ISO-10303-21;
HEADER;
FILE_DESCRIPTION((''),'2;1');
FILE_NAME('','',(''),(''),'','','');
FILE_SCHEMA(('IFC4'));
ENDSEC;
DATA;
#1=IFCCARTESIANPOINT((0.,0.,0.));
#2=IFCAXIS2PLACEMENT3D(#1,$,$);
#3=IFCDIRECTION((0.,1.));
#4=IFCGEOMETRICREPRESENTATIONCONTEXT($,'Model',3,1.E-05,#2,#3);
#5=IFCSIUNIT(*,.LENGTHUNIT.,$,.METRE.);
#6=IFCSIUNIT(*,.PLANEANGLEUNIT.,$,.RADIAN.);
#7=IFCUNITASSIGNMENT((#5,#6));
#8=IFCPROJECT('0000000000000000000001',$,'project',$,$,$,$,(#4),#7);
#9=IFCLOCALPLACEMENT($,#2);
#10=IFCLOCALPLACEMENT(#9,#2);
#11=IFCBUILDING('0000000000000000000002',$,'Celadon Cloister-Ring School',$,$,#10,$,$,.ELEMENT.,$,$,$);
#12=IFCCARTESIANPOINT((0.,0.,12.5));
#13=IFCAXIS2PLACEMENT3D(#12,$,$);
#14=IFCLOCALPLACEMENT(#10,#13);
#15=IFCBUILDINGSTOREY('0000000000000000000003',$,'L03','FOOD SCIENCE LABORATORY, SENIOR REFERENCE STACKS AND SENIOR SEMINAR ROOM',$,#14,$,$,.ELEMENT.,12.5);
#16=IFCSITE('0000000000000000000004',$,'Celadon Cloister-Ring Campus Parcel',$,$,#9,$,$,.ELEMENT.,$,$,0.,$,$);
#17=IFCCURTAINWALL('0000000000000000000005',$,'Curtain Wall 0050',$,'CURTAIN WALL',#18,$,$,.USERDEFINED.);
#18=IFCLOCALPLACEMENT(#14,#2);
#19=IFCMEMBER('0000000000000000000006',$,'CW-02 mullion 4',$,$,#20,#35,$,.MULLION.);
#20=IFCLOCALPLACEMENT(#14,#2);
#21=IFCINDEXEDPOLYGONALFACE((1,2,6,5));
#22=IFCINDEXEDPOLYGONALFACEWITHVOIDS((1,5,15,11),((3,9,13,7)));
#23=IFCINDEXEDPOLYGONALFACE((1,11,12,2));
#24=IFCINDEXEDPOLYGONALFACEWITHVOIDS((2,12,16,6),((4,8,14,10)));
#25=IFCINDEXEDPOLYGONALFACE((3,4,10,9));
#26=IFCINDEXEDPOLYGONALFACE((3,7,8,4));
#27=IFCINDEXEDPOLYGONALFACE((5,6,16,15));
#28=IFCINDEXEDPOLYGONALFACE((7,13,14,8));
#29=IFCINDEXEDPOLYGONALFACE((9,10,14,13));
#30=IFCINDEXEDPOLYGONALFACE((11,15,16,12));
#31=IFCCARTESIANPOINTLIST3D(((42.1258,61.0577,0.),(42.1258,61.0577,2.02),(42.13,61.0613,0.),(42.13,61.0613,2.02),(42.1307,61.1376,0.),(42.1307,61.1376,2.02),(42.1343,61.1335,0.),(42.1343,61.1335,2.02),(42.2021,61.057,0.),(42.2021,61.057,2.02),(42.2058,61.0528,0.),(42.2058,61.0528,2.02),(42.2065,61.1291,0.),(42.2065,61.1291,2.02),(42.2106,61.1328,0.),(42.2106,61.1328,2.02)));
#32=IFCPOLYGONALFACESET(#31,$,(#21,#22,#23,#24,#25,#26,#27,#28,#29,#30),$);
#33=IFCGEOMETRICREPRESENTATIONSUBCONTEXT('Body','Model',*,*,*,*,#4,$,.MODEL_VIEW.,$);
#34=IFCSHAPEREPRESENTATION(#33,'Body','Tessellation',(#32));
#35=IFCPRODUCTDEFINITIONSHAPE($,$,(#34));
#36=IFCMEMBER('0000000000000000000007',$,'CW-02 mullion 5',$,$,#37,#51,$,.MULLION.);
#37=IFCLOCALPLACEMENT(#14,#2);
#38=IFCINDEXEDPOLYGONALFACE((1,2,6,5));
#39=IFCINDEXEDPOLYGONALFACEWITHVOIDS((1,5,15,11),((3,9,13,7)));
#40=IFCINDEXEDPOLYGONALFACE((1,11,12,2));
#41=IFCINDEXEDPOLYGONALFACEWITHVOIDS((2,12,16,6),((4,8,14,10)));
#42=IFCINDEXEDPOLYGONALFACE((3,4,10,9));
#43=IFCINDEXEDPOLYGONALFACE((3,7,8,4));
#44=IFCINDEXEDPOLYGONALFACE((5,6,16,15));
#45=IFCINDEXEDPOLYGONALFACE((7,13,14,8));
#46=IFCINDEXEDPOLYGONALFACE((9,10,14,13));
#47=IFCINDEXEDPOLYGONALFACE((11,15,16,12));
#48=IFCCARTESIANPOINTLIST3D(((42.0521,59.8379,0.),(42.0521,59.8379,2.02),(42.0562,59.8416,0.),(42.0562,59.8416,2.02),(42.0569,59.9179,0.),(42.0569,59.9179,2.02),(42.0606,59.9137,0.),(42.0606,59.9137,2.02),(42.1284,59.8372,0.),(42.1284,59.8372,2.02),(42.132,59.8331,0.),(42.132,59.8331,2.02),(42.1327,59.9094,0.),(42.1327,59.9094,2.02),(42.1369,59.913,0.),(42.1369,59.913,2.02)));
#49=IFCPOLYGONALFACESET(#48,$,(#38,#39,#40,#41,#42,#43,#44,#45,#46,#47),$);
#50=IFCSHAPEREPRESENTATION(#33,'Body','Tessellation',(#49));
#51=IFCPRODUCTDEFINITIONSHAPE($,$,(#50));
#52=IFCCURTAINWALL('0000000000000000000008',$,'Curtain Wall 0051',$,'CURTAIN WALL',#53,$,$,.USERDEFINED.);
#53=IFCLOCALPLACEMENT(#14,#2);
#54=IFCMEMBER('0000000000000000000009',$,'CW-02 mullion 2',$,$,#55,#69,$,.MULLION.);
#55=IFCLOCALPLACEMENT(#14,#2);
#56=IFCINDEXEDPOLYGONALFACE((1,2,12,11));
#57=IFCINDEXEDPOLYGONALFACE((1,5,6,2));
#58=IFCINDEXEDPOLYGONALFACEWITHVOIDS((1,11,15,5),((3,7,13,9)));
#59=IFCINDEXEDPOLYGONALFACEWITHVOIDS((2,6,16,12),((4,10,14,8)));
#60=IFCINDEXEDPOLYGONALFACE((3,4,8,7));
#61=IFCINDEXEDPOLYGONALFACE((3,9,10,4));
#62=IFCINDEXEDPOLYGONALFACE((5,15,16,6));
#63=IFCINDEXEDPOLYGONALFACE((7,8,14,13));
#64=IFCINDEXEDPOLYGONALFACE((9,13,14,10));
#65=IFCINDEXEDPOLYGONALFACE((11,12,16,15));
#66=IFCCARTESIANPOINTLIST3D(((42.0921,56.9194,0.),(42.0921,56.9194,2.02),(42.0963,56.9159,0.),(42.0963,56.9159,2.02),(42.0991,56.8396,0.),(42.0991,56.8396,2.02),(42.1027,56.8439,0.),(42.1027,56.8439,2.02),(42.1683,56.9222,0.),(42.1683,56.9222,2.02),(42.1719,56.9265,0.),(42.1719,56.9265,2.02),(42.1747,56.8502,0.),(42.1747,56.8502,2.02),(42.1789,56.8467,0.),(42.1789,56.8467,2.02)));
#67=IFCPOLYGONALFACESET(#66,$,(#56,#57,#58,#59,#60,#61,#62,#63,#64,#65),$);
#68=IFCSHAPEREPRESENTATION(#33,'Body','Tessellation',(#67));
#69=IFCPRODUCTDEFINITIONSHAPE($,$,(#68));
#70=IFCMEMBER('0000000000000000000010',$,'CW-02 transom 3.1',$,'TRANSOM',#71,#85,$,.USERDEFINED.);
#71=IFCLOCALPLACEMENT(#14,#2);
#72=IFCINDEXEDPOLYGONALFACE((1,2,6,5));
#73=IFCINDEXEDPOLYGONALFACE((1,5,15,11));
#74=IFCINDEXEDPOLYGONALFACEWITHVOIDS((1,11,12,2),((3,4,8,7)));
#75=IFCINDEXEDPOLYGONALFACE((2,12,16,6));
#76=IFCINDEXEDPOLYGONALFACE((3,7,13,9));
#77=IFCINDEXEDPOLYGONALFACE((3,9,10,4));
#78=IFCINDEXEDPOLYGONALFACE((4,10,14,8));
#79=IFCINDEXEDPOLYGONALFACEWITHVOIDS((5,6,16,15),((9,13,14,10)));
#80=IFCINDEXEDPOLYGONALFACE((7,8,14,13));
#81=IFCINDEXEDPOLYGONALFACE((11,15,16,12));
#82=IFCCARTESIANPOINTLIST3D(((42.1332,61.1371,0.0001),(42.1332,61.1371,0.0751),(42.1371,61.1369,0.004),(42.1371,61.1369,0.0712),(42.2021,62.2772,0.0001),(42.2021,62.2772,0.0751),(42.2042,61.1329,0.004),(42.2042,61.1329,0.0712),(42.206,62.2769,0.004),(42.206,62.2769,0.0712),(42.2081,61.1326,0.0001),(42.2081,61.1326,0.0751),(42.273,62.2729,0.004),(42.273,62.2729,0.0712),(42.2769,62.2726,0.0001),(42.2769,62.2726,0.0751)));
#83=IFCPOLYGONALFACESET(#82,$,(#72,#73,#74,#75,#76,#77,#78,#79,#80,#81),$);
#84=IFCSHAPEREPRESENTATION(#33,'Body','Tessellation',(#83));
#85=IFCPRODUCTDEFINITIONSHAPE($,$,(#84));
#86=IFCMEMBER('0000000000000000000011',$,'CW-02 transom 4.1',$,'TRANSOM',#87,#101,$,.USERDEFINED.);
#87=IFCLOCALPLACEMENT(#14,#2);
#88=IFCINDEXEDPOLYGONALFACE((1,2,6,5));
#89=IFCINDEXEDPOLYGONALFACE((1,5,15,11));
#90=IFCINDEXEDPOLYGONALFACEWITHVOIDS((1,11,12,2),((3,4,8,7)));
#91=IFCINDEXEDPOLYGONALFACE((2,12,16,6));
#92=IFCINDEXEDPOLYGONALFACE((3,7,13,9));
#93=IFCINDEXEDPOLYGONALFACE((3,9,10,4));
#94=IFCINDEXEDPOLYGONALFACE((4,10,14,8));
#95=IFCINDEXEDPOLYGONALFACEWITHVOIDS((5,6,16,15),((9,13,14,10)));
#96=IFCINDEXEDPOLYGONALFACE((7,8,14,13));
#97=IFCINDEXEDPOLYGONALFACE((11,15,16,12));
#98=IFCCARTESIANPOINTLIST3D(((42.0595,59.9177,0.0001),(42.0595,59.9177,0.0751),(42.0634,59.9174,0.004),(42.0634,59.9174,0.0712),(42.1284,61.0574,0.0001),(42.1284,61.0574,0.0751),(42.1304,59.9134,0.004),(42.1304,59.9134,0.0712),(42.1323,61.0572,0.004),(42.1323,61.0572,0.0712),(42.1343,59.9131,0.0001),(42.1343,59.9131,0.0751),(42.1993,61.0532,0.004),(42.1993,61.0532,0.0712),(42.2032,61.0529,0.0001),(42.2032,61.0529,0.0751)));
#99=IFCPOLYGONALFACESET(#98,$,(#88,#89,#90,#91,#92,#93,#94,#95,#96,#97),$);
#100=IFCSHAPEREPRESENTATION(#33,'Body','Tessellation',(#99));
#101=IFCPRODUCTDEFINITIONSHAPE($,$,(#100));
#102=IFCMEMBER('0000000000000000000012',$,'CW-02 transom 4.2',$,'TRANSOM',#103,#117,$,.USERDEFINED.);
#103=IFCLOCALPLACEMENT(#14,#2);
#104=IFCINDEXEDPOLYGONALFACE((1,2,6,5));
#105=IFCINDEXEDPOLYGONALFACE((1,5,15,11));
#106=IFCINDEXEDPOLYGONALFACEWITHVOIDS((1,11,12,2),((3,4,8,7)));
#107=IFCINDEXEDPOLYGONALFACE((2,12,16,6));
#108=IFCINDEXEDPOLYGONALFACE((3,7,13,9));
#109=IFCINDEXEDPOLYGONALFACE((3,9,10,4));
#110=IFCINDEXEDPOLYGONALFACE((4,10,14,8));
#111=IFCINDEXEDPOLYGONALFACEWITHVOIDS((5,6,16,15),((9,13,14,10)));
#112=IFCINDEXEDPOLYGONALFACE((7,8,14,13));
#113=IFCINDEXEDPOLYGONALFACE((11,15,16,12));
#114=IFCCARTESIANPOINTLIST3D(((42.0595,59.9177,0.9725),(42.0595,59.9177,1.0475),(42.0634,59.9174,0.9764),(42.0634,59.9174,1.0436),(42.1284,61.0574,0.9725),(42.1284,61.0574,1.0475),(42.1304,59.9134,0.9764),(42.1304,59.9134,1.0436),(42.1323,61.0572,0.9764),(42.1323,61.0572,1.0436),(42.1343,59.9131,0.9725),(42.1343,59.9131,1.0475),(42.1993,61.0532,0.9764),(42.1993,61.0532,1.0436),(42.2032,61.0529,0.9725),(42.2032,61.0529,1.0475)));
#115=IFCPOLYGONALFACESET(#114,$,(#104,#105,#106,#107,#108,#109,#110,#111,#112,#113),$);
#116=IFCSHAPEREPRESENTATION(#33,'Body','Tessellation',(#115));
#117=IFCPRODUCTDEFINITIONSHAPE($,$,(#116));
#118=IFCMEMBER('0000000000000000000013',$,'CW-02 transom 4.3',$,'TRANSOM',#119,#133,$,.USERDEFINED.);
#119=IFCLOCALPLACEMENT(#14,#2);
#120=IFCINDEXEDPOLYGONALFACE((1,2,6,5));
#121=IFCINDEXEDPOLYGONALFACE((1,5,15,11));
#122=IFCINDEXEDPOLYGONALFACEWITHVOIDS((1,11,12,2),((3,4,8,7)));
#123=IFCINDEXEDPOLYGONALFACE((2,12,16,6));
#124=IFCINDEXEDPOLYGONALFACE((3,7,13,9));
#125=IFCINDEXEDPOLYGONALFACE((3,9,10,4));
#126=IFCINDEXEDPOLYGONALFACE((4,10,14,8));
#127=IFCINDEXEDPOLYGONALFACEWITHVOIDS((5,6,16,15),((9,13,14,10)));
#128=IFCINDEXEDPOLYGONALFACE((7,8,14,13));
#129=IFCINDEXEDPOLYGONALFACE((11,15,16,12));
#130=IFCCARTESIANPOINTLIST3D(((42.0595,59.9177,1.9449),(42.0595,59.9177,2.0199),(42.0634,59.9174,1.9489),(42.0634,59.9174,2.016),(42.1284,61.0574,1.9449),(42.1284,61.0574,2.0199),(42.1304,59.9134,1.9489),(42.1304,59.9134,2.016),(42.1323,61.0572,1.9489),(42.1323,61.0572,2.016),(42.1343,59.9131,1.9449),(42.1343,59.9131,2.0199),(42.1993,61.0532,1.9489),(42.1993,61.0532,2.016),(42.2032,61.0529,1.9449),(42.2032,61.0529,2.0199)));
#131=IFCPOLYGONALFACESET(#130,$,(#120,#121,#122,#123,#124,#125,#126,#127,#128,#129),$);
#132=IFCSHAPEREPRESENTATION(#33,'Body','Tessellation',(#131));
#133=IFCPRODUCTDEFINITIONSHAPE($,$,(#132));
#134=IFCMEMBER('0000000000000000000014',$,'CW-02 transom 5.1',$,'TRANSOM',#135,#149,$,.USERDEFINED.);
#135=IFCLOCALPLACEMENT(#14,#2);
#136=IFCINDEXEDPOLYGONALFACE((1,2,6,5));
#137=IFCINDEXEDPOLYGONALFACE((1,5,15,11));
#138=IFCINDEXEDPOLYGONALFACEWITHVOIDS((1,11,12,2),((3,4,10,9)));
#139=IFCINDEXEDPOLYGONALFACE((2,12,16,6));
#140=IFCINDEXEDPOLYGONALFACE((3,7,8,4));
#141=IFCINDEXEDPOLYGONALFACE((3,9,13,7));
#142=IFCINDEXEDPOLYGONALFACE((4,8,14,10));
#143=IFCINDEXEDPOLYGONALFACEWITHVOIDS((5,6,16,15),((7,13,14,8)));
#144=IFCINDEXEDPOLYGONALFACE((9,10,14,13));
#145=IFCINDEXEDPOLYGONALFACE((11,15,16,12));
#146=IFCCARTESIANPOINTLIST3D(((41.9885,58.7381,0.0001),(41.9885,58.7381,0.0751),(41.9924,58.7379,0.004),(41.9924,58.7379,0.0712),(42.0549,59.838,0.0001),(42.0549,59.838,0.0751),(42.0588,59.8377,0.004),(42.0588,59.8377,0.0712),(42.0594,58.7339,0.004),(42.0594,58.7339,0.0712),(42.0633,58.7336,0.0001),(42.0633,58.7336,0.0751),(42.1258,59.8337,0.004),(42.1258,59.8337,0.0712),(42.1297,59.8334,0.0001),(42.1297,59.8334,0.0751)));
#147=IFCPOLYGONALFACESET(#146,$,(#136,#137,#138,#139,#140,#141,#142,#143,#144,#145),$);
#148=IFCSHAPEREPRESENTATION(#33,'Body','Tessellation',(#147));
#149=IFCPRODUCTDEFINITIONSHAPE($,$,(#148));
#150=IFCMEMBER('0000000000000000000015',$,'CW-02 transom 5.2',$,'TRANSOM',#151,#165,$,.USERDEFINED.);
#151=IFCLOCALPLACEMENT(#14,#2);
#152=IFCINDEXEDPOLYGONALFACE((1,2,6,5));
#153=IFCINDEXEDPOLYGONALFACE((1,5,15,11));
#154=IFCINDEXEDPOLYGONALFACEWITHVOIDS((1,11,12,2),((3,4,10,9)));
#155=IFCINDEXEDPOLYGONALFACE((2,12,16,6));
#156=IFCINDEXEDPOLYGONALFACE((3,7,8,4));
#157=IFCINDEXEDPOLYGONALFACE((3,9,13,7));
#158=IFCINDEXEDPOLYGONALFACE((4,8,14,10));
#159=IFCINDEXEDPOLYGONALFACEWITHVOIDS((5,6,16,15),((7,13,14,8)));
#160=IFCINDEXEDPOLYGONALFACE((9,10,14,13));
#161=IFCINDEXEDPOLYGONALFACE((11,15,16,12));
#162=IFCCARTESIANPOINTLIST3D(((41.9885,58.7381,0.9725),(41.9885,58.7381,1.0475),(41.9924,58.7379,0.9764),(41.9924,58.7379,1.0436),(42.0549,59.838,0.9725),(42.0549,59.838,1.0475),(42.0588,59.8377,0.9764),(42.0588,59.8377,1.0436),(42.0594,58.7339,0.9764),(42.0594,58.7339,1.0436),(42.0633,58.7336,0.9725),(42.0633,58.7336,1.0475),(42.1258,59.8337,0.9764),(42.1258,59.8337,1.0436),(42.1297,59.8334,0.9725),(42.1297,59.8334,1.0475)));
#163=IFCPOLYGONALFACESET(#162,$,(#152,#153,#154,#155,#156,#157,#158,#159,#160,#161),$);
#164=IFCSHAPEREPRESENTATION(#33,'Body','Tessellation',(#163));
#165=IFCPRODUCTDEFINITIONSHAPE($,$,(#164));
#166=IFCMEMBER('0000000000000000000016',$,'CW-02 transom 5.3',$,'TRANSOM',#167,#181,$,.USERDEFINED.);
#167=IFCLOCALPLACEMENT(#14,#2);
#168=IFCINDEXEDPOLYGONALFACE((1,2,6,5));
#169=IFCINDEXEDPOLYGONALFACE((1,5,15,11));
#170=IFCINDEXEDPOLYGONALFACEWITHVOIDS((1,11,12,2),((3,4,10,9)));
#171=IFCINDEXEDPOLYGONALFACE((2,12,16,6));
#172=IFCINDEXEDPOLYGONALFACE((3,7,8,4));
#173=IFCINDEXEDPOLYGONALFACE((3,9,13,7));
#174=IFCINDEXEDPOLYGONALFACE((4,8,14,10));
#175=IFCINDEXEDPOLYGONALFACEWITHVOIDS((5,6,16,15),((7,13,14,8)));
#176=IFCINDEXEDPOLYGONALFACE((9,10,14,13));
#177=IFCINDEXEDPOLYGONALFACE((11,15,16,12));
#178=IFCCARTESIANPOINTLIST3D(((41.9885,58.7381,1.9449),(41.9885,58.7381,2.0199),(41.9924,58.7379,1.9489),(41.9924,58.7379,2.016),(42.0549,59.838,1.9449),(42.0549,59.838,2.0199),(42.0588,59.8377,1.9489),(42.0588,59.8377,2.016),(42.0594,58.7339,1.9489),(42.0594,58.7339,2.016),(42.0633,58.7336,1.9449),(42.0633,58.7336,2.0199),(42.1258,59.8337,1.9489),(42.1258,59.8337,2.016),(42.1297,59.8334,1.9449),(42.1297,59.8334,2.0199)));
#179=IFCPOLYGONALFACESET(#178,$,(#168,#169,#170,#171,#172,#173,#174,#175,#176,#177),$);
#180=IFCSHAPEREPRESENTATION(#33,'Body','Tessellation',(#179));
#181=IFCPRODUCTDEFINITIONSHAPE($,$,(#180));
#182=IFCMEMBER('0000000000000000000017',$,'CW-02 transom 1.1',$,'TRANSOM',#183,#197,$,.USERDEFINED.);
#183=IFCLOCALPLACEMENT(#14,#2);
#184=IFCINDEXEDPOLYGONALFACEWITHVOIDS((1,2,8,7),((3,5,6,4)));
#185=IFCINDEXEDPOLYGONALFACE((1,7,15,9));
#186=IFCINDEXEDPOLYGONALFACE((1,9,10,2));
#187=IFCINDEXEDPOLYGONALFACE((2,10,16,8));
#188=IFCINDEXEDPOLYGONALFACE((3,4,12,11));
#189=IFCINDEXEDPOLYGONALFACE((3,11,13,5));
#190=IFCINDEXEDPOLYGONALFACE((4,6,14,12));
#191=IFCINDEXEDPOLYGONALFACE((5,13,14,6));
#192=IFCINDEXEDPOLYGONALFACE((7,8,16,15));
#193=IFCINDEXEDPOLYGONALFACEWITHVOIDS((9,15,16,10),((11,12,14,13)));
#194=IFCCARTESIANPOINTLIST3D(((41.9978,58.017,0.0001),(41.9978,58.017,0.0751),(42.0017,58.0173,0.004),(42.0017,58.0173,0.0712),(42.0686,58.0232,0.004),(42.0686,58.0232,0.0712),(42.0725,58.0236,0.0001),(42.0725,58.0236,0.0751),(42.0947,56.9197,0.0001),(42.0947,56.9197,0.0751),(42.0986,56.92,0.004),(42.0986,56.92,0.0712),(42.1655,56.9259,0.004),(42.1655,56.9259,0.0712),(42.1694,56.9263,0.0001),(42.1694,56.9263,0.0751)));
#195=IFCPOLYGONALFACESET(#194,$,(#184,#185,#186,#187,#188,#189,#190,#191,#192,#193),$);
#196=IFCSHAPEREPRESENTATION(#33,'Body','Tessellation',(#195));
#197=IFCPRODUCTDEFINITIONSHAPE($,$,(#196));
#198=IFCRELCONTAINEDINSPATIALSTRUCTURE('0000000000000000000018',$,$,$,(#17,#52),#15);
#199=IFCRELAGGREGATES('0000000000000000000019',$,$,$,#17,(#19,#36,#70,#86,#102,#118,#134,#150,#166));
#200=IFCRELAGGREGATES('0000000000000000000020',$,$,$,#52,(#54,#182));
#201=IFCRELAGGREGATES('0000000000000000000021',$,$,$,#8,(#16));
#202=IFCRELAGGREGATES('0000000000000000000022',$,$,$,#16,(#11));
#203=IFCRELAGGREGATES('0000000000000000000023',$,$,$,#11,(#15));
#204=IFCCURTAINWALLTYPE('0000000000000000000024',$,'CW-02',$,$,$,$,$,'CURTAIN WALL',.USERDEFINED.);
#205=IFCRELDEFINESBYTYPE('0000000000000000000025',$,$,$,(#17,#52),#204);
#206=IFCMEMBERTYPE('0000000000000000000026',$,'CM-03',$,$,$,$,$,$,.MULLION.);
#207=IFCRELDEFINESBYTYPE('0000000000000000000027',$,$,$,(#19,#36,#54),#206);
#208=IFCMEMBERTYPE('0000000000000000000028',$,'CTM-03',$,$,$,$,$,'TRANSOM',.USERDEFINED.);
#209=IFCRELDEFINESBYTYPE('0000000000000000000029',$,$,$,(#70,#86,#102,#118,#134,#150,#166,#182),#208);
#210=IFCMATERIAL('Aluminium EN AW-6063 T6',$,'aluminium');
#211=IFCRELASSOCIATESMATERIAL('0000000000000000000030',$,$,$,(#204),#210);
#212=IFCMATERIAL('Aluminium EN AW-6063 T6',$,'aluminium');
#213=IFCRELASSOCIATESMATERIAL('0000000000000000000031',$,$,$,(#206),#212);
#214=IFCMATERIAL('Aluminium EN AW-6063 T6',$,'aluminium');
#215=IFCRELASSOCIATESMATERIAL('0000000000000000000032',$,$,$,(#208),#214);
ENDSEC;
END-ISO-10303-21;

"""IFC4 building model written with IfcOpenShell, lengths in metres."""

from ifc_helpers import new_model, si_unit, direction, frame, origin, origin_2d, place, context, subcontext, project, spatial, hollow_rectangle, extrude, material, material_profile, profile_set, type_object, element, aggregate, save


model = new_model("IFC4")

# Units and contexts
model_context = context("Model", 3, precision=1e-05, world=origin(), true_north=direction((0.0, 1.0)))
body_context = subcontext(model_context, "Body", "Model", "MODEL_VIEW")
ifc_project = project(units=[si_unit("LENGTHUNIT", "METRE"), si_unit("PLANEANGLEUNIT", "RADIAN")], contexts=[model_context])

# Site, building, storey
site_placement = place(None, origin())
site = spatial("IfcSite", under=ifc_project, at=site_placement, Name="Celadon Cloister-Ring Campus Parcel", CompositionType="ELEMENT", RefElevation=0.0)
building_placement = place(site_placement, origin())
building = spatial("IfcBuilding", under=site, at=building_placement, Name="Celadon Cloister-Ring School", CompositionType="ELEMENT")
storey_placement = place(building_placement, frame((0.0, 0.0, 12.5)))
storey = spatial("IfcBuildingStorey", under=building, at=storey_placement, Name="L03", Description="FOOD SCIENCE LABORATORY, SENIOR REFERENCE STACKS AND SENIOR SEMINAR ROOM", CompositionType="ELEMENT", Elevation=12.5)

# Curtain wall, members
ifc_material_1 = material(Name="Aluminium EN AW-6063 T6", Category="aluminium")
curtain_wall_type = type_object("IfcCurtainWallType", Name="CW-02", ElementType="CURTAIN WALL", PredefinedType="USERDEFINED", material=ifc_material_1)
curtain_wall_1_placement = place(storey_placement, origin())
curtain_wall_1 = element("IfcCurtainWall", 1, at=curtain_wall_1_placement, inside=storey, type_object=curtain_wall_type, Name="Curtain Wall 0050", ObjectType="CURTAIN WALL", PredefinedType="USERDEFINED")
ifc_material_2 = material(Name="Aluminium EN AW-6063 T6", Category="aluminium")
ifc_material_profile_1 = material_profile(ifc_material_2, hollow_rectangle(XDim=0.0801, YDim=0.0801, WallThickness=0.0039, at=origin_2d()), Name="RHS80X80X4")
ifc_profile_set_1 = profile_set([ifc_material_profile_1], Name="Aluminium EN AW-6063 T6")
member_type_1 = type_object("IfcMemberType", Name="CM-03", PredefinedType="MULLION", material=ifc_profile_set_1)
member_1_placement = place(storey_placement, frame((42.1682, 61.0952, 0.0), z_axis=(0.0, 0.0, 1.0), x_axis=(0.998184, -0.060238, 0.0)))
member_1 = element("IfcMember", 2, at=member_1_placement, type_object=member_type_1, Name="CW-02 mullion 4", PredefinedType="MULLION", context=body_context, shape_type="SweptSolid", body=[
    extrude(hollow_rectangle(XDim=0.0801, YDim=0.0801, WallThickness=0.0039, at=origin_2d()), origin(), (0.0, 0.0, 1.0), 2.02),
])
member_2_placement = place(storey_placement, frame((42.0945, 59.8755, 0.0), z_axis=(0.0, 0.0, 1.0), x_axis=(0.998184, -0.060238, 0.0)))
member_2 = element("IfcMember", 3, at=member_2_placement, type_object=member_type_1, Name="CW-02 mullion 5", PredefinedType="MULLION", context=body_context, shape_type="SweptSolid", body=[
    extrude(hollow_rectangle(XDim=0.0801, YDim=0.0801, WallThickness=0.0039, at=origin_2d()), origin(), (0.0, 0.0, 1.0), 2.02),
])

# Curtain wall, member
curtain_wall_2_placement = place(storey_placement, origin())
curtain_wall_2 = element("IfcCurtainWall", 4, at=curtain_wall_2_placement, inside=storey, type_object=curtain_wall_type, Name="Curtain Wall 0051", ObjectType="CURTAIN WALL", PredefinedType="USERDEFINED")
member_3_placement = place(storey_placement, frame((42.1355, 56.8831, 0.0), z_axis=(0.0, 0.0, 1.0), x_axis=(0.996114, 0.088071, 0.0)))
member_3 = element("IfcMember", 5, at=member_3_placement, type_object=member_type_1, Name="CW-02 mullion 2", PredefinedType="MULLION", context=body_context, shape_type="SweptSolid", body=[
    extrude(hollow_rectangle(XDim=0.0801, YDim=0.0801, WallThickness=0.0039, at=origin_2d()), origin(), (0.0, 0.0, 1.0), 2.02),
])

# Members
ifc_material_3 = material(Name="Aluminium EN AW-6063 T6", Category="aluminium")
ifc_material_profile_2 = material_profile(ifc_material_3, hollow_rectangle(XDim=0.075, YDim=0.075, WallThickness=0.0039, at=origin_2d()), Name="RHS75X75X4")
ifc_profile_set_2 = profile_set([ifc_material_profile_2], Name="Aluminium EN AW-6063 T6")
member_type_2 = type_object("IfcMemberType", Name="CTM-03", ElementType="TRANSOM", PredefinedType="USERDEFINED", material=ifc_profile_set_2)
member_4_placement = place(storey_placement, frame((42.2395, 62.2749, 0.0376), z_axis=(-0.060289, -0.998181, 0.0), x_axis=(0.998181, -0.060289, 0.0)))
member_4 = element("IfcMember", 6, at=member_4_placement, type_object=member_type_2, Name="CW-02 transom 3.1", ObjectType="TRANSOM", PredefinedType="USERDEFINED", context=body_context, shape_type="SweptSolid", body=[
    extrude(hollow_rectangle(XDim=0.075, YDim=0.075, WallThickness=0.0039, at=origin_2d()), origin(), (0.0, 0.0, 1.0), 1.1421),
])
member_5_placement = place(storey_placement, frame((42.1658, 61.0552, 0.0376), z_axis=(-0.060301, -0.99818, 0.0), x_axis=(0.99818, -0.060301, 0.0)))
member_5 = element("IfcMember", 7, at=member_5_placement, type_object=member_type_2, Name="CW-02 transom 4.1", ObjectType="TRANSOM", PredefinedType="USERDEFINED", context=body_context, shape_type="SweptSolid", body=[
    extrude(hollow_rectangle(XDim=0.075, YDim=0.075, WallThickness=0.0039, at=origin_2d()), origin(), (0.0, 0.0, 1.0), 1.1418),
])
member_6_placement = place(storey_placement, frame((42.1658, 61.0552, 1.01), z_axis=(-0.060301, -0.99818, 0.0), x_axis=(0.99818, -0.060301, 0.0)))
member_6 = element("IfcMember", 8, at=member_6_placement, type_object=member_type_2, Name="CW-02 transom 4.2", ObjectType="TRANSOM", PredefinedType="USERDEFINED", context=body_context, shape_type="SweptSolid", body=[
    extrude(hollow_rectangle(XDim=0.075, YDim=0.075, WallThickness=0.0039, at=origin_2d()), origin(), (0.0, 0.0, 1.0), 1.1418),
])
member_7_placement = place(storey_placement, frame((42.1658, 61.0552, 1.9824), z_axis=(-0.060301, -0.99818, 0.0), x_axis=(0.99818, -0.060301, 0.0)))
member_7 = element("IfcMember", 9, at=member_7_placement, type_object=member_type_2, Name="CW-02 transom 4.3", ObjectType="TRANSOM", PredefinedType="USERDEFINED", context=body_context, shape_type="SweptSolid", body=[
    extrude(hollow_rectangle(XDim=0.075, YDim=0.075, WallThickness=0.0039, at=origin_2d()), origin(), (0.0, 0.0, 1.0), 1.1418),
])
member_8_placement = place(storey_placement, frame((42.0923, 59.8357, 0.0376), z_axis=(-0.060268, -0.998182, 0.0), x_axis=(0.998182, -0.060268, 0.0)))
member_8 = element("IfcMember", 10, at=member_8_placement, type_object=member_type_2, Name="CW-02 transom 5.1", ObjectType="TRANSOM", PredefinedType="USERDEFINED", context=body_context, shape_type="SweptSolid", body=[
    extrude(hollow_rectangle(XDim=0.075, YDim=0.075, WallThickness=0.0039, at=origin_2d()), origin(), (0.0, 0.0, 1.0), 1.1018),
])
member_9_placement = place(storey_placement, frame((42.0923, 59.8357, 1.01), z_axis=(-0.060268, -0.998182, 0.0), x_axis=(0.998182, -0.060268, 0.0)))
member_9 = element("IfcMember", 11, at=member_9_placement, type_object=member_type_2, Name="CW-02 transom 5.2", ObjectType="TRANSOM", PredefinedType="USERDEFINED", context=body_context, shape_type="SweptSolid", body=[
    extrude(hollow_rectangle(XDim=0.075, YDim=0.075, WallThickness=0.0039, at=origin_2d()), origin(), (0.0, 0.0, 1.0), 1.1018),
])
member_10_placement = place(storey_placement, frame((42.0923, 59.8357, 1.9824), z_axis=(-0.060268, -0.998182, 0.0), x_axis=(0.998182, -0.060268, 0.0)))
member_10 = element("IfcMember", 12, at=member_10_placement, type_object=member_type_2, Name="CW-02 transom 5.3", ObjectType="TRANSOM", PredefinedType="USERDEFINED", context=body_context, shape_type="SweptSolid", body=[
    extrude(hollow_rectangle(XDim=0.075, YDim=0.075, WallThickness=0.0039, at=origin_2d()), origin(), (0.0, 0.0, 1.0), 1.1018),
])
member_11_placement = place(storey_placement, frame((42.0352, 58.0203, 0.0376), z_axis=(0.087978, -0.996122, 0.0), x_axis=(0.996122, 0.087978, 0.0)))
member_11 = element("IfcMember", 13, at=member_11_placement, type_object=member_type_2, Name="CW-02 transom 1.1", ObjectType="TRANSOM", PredefinedType="USERDEFINED", context=body_context, shape_type="SweptSolid", body=[
    extrude(hollow_rectangle(XDim=0.075, YDim=0.075, WallThickness=0.0039, at=origin_2d()), origin(), (0.0, 0.0, 1.0), 1.1016),
])

aggregate(curtain_wall_1, [member_1, member_2, member_4, member_5, member_6, member_7, member_8, member_9, member_10])
aggregate(curtain_wall_2, [member_3, member_11])

save(model, "model.ifc")
